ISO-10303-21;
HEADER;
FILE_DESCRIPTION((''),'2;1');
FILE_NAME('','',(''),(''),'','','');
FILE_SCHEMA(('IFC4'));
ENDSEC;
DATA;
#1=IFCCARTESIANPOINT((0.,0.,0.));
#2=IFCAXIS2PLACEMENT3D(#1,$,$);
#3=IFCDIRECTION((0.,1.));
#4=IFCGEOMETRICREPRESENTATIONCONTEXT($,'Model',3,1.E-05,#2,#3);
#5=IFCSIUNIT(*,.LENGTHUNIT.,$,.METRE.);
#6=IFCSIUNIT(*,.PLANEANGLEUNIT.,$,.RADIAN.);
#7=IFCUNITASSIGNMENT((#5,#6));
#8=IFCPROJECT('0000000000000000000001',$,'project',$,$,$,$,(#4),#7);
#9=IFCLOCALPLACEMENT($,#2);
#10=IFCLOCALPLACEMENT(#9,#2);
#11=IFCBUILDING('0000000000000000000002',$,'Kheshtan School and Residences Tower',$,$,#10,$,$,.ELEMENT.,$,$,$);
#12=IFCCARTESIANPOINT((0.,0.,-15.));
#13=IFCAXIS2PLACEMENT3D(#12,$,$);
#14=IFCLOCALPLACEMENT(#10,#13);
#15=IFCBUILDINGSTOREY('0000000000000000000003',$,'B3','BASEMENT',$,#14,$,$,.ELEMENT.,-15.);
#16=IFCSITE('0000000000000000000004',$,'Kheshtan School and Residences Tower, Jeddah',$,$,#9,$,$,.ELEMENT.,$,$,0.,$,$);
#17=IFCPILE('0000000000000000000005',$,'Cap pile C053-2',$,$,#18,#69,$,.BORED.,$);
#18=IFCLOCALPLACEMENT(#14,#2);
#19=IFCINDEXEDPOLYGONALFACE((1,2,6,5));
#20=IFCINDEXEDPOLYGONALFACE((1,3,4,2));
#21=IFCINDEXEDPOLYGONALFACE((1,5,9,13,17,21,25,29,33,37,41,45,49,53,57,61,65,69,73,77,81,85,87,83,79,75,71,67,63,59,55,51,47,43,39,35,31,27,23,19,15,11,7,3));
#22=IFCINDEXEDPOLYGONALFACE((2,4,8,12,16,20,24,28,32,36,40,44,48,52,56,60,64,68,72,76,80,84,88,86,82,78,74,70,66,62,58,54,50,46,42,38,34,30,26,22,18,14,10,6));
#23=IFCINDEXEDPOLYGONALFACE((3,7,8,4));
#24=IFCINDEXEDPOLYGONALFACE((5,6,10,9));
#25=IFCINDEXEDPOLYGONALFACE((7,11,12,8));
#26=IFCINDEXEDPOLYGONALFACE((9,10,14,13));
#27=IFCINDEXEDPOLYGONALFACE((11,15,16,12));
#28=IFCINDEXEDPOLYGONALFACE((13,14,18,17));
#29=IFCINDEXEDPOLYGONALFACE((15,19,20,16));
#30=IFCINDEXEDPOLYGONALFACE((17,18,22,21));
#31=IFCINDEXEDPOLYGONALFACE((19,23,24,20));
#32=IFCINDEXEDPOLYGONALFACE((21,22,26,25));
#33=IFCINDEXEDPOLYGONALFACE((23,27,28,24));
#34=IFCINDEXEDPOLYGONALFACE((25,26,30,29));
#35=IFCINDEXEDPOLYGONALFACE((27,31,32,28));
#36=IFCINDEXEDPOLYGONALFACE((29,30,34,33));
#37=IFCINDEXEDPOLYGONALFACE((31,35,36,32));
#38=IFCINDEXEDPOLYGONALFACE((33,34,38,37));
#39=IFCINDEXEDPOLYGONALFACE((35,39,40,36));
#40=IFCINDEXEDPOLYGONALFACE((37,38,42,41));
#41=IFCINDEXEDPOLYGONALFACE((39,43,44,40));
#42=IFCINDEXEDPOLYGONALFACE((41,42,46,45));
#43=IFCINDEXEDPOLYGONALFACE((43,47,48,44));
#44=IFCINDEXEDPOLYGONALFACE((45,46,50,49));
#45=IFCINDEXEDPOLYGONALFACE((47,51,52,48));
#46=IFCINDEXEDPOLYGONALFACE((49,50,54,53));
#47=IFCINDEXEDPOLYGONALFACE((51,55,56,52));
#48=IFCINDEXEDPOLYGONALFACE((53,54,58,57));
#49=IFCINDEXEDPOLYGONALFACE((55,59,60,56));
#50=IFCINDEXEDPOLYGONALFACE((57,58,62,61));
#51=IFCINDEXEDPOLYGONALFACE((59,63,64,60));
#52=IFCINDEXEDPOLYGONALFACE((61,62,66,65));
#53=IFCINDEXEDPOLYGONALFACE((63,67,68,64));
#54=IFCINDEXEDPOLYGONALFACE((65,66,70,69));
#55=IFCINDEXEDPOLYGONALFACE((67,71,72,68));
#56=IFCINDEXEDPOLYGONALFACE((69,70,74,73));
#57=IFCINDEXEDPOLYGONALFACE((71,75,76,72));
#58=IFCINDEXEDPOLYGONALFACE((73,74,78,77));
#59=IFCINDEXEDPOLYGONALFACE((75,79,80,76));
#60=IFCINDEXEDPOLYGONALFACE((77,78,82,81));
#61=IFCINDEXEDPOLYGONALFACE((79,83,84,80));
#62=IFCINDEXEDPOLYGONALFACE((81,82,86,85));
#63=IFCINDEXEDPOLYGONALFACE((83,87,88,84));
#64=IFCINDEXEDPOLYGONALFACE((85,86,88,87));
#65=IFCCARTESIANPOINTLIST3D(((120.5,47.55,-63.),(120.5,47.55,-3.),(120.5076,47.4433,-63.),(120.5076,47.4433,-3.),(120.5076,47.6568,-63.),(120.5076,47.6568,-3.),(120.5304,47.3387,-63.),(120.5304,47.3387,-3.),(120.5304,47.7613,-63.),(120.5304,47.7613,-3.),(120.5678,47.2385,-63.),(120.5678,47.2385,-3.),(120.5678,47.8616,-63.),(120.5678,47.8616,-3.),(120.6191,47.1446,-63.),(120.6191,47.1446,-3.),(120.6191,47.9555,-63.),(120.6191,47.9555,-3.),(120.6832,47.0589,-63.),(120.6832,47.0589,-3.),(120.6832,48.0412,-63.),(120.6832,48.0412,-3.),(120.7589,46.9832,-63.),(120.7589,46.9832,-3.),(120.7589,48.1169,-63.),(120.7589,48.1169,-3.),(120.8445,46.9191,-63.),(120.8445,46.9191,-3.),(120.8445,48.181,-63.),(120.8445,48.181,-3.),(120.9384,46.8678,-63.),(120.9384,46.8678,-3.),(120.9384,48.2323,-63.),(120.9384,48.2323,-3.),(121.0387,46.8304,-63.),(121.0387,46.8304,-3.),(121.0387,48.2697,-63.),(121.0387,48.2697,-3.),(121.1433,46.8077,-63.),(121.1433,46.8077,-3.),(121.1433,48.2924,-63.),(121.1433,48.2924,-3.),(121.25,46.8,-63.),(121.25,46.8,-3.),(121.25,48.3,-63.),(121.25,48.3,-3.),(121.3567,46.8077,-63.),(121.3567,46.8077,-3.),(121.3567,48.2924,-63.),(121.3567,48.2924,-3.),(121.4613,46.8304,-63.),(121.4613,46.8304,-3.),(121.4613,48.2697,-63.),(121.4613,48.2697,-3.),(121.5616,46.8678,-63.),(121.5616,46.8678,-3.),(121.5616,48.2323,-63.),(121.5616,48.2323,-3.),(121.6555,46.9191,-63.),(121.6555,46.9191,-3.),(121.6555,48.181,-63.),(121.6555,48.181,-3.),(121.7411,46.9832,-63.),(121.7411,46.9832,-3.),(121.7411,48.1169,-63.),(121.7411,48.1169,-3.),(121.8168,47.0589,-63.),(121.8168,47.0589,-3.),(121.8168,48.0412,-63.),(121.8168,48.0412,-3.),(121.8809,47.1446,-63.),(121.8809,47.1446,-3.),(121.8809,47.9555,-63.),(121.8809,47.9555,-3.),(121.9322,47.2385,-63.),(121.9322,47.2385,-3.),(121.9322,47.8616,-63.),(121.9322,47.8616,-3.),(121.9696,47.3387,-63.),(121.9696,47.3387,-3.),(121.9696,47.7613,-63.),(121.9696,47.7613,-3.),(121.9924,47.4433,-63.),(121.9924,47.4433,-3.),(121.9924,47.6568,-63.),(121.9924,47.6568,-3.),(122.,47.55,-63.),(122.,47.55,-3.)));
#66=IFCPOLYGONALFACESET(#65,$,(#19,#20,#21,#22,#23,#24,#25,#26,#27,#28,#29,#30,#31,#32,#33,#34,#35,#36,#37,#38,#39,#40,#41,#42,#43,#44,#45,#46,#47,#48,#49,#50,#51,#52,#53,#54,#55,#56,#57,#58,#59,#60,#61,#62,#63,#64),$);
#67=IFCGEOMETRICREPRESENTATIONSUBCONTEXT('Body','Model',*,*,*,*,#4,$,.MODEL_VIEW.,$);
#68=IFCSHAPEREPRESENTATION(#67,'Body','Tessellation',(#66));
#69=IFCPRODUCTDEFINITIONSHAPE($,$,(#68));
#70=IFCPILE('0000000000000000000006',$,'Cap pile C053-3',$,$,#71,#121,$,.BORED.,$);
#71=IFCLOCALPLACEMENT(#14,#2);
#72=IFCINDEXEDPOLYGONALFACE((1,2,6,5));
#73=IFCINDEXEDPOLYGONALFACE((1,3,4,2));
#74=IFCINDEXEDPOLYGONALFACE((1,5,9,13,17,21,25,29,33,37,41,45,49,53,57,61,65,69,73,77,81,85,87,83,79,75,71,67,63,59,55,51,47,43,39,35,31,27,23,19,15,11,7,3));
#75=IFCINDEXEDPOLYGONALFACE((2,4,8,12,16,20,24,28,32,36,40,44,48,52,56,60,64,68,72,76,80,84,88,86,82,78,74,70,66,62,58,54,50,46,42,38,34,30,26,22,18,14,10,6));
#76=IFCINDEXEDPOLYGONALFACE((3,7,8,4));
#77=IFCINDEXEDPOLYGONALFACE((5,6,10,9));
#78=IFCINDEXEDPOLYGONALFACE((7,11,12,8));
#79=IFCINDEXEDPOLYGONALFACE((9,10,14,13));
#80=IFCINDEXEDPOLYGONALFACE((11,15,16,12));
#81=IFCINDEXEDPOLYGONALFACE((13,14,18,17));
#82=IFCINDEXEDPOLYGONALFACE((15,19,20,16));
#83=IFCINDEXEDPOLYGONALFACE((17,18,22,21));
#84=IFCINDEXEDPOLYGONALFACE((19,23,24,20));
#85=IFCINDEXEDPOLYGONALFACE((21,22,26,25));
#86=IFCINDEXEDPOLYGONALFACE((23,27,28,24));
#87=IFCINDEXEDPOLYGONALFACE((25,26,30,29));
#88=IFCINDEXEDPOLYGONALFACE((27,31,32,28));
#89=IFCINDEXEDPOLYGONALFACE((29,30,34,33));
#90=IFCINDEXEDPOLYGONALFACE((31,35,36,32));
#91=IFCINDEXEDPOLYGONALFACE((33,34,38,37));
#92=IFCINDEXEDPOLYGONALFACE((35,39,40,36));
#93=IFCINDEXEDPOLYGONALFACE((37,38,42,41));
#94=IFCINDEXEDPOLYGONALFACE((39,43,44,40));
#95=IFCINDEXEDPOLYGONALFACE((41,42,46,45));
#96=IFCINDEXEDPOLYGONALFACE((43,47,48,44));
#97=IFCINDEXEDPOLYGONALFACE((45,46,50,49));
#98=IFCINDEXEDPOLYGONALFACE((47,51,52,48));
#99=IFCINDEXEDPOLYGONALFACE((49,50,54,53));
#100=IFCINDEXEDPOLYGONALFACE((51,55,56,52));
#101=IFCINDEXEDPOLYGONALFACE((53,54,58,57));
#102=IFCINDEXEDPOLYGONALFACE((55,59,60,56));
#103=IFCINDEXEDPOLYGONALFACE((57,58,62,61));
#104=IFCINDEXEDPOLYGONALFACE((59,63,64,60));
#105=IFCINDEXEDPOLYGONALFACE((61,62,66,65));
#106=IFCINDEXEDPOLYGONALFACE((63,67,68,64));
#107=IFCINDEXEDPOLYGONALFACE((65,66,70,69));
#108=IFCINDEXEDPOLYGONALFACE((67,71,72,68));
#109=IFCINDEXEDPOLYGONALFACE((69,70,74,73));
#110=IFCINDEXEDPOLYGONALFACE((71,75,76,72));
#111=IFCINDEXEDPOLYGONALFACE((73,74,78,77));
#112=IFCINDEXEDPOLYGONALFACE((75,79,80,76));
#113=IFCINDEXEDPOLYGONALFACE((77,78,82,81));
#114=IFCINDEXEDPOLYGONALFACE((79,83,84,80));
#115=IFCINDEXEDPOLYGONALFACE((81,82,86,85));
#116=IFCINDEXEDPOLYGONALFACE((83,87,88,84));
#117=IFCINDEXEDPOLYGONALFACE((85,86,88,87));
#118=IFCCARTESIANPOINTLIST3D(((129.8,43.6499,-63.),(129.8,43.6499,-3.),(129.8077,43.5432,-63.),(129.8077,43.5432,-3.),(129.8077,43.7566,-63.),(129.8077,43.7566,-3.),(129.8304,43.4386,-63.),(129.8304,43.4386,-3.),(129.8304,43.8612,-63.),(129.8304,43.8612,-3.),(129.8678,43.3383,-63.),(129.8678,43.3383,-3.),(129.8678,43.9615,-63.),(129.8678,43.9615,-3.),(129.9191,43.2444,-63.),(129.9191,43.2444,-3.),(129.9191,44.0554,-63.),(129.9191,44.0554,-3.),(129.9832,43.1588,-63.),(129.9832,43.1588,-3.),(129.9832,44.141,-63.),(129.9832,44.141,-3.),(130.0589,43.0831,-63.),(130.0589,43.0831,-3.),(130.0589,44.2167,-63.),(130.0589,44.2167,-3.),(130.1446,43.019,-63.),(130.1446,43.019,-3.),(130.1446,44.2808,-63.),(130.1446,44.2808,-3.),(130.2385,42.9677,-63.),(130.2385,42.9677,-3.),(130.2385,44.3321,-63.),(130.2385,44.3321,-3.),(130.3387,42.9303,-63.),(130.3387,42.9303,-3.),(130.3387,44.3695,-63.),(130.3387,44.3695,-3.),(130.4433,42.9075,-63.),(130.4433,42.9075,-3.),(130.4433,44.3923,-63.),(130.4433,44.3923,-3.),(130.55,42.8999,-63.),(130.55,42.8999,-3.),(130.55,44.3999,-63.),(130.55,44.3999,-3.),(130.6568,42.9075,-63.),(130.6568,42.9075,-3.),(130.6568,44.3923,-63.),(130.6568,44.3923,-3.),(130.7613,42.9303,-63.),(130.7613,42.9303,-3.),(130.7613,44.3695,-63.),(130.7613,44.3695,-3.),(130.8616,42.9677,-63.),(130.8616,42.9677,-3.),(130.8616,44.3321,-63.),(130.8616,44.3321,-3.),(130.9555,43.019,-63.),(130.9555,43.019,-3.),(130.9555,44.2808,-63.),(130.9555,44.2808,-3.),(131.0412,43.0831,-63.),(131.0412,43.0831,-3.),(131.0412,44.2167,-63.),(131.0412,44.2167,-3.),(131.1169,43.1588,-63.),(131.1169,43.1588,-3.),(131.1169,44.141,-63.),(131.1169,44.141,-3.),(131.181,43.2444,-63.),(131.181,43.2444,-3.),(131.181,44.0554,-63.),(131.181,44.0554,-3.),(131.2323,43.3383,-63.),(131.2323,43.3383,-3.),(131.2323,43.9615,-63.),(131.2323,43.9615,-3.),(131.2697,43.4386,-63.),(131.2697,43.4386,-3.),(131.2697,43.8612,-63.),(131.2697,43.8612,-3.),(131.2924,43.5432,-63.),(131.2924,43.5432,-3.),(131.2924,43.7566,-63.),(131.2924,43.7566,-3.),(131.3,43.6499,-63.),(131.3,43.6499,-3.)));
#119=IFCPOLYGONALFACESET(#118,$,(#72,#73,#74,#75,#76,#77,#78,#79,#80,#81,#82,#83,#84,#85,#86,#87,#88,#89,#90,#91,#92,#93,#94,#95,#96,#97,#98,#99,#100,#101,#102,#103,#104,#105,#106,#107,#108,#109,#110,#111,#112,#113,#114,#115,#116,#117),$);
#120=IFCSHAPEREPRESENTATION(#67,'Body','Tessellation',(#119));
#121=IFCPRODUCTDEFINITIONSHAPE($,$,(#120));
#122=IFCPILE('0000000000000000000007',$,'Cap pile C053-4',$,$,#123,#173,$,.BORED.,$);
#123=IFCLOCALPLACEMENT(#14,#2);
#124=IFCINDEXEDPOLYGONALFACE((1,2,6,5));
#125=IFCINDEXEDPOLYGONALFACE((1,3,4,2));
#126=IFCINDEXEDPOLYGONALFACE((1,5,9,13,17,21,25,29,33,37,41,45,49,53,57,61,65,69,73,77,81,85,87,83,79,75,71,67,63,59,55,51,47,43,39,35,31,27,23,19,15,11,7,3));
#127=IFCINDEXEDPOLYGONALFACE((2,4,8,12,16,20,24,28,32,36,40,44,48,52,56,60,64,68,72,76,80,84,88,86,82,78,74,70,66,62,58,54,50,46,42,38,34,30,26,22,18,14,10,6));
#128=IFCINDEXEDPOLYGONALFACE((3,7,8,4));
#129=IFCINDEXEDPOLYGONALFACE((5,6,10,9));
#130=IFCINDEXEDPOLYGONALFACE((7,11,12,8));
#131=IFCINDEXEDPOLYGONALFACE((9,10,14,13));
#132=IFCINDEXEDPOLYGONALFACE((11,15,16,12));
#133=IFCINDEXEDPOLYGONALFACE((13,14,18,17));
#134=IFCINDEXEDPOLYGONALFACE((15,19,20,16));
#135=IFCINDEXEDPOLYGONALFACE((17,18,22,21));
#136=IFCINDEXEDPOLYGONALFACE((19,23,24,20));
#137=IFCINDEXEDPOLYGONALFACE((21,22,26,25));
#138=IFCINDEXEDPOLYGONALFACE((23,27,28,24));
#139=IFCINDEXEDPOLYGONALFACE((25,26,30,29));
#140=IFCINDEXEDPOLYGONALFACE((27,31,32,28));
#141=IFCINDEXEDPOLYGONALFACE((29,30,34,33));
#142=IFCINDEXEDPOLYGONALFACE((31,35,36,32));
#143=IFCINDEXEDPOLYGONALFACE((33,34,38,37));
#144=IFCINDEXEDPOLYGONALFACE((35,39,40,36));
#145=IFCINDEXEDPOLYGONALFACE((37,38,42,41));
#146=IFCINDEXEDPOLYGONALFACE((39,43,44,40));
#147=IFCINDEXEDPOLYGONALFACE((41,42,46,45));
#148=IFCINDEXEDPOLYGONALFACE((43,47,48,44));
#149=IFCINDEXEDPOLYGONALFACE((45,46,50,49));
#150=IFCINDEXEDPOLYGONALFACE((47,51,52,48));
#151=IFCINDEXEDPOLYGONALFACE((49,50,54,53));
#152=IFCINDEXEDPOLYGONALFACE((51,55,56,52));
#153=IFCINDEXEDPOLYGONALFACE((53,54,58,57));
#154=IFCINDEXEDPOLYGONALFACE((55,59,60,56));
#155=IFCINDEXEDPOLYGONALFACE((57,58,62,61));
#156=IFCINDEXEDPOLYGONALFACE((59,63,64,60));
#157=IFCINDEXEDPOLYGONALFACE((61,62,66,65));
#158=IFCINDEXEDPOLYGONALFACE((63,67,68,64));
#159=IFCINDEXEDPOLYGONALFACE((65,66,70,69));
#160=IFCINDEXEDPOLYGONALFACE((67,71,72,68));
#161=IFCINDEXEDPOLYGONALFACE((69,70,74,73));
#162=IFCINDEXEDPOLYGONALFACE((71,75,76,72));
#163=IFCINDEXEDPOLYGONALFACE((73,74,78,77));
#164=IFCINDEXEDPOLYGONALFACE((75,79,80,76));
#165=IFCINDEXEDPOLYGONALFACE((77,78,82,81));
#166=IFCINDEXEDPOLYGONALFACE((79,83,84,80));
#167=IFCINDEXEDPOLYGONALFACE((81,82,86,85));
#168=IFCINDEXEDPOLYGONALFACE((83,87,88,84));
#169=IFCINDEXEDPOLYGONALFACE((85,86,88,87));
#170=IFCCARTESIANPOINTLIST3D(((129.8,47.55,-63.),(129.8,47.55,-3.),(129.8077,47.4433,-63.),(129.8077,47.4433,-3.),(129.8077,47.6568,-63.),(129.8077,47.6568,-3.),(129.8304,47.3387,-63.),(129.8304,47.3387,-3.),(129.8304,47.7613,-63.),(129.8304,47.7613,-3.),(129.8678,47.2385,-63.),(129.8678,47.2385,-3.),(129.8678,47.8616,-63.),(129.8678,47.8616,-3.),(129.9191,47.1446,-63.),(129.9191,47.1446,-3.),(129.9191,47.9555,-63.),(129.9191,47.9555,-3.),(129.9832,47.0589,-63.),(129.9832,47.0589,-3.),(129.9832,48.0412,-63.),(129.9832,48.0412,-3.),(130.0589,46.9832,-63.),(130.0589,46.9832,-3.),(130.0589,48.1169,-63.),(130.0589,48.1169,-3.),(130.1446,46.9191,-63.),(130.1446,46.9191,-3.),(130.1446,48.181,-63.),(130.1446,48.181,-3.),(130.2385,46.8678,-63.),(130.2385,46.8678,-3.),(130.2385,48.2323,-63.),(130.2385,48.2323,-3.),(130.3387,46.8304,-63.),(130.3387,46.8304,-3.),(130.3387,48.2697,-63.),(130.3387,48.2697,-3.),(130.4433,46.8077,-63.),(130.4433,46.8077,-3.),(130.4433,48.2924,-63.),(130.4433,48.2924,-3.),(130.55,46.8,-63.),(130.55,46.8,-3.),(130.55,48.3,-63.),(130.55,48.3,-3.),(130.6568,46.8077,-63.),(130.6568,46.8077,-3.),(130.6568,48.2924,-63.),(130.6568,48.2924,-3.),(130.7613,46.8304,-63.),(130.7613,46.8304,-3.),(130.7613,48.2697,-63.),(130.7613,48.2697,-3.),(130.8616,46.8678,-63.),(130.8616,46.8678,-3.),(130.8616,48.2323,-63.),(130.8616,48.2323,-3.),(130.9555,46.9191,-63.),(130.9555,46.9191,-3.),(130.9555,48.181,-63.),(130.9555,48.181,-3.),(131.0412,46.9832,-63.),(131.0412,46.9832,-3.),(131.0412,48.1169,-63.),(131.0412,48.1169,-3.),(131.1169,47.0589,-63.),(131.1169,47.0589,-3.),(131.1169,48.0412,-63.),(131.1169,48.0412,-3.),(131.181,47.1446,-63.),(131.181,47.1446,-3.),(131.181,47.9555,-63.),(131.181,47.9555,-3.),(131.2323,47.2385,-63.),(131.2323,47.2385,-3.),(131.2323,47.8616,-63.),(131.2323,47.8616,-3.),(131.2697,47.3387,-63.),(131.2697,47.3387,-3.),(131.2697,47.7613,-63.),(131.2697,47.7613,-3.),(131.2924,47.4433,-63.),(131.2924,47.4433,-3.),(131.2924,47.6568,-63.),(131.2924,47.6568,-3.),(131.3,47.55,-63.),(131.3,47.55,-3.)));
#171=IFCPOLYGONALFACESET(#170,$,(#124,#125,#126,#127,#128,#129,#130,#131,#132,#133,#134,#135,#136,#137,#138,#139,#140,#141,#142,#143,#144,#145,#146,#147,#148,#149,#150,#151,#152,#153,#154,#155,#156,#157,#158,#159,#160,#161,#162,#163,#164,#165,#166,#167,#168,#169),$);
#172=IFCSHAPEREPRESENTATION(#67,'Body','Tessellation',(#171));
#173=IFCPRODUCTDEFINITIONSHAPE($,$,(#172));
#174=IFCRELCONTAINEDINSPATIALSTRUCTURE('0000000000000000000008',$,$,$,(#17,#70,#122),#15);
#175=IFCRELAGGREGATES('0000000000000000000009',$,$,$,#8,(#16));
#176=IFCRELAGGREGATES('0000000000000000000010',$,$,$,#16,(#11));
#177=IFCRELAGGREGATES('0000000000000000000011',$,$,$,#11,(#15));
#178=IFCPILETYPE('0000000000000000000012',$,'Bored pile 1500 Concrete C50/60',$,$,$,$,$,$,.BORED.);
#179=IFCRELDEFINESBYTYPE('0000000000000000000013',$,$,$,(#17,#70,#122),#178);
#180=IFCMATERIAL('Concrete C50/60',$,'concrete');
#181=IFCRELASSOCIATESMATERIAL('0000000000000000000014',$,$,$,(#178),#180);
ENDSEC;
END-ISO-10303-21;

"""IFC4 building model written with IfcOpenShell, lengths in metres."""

from ifc_helpers import new_model, si_unit, direction, frame, origin, origin_2d, place, context, subcontext, project, spatial, circle, extrude, material, material_profile, profile_set, type_object, element, save


model = new_model("IFC4")

# Units and contexts
model_context = context("Model", 3, precision=1e-05, world=origin(), true_north=direction((0.0, 1.0)))
body_context = subcontext(model_context, "Body", "Model", "MODEL_VIEW")
ifc_project = project(units=[si_unit("LENGTHUNIT", "METRE"), si_unit("PLANEANGLEUNIT", "RADIAN")], contexts=[model_context])

# Site, building, storey
site_placement = place(None, origin())
site = spatial("IfcSite", under=ifc_project, at=site_placement, Name="Kheshtan School and Residences Tower, Jeddah", CompositionType="ELEMENT", RefElevation=0.0)
building_placement = place(site_placement, origin())
building = spatial("IfcBuilding", under=site, at=building_placement, Name="Kheshtan School and Residences Tower", CompositionType="ELEMENT")
storey_placement = place(building_placement, frame((0.0, 0.0, -15.0)))
storey = spatial("IfcBuildingStorey", under=building, at=storey_placement, Name="B3", Description="BASEMENT", CompositionType="ELEMENT", Elevation=-15.0)

# Piles
ifc_material_1 = material(Name="Concrete C50/60", Category="concrete")
ifc_material_profile_1 = material_profile(ifc_material_1, circle(Radius=0.75, at=origin_2d()), Name="BP 1500")
ifc_profile_set_1 = profile_set([ifc_material_profile_1], Name="Concrete C50/60")
pile_type_1 = type_object("IfcPileType", Name="Bored pile 1500 Concrete C50/60", PredefinedType="BORED", material=ifc_profile_set_1)
for number, where, z_axis, x_axis, name in (
    (1, (121.25, 47.55, -3.0), (0.0, 0.0, -1.0), (1.0, 0.0, 0.0), "Cap pile C053-2"),
    (2, (130.55, 43.6499, -3.0), (0.0, 0.0, -1.0), (1.0, 0.0, 0.0), "Cap pile C053-3"),
    (3, (130.55, 47.55, -3.0), (0.0, 0.0, -1.0), (1.0, 0.0, 0.0), "Cap pile C053-4"),
):
    element("IfcPile", number, at=place(storey_placement, frame(where, z_axis=z_axis, x_axis=x_axis)), inside=storey, type_object=pile_type_1, Name=name, PredefinedType="BORED", context=body_context, shape_type="SweptSolid", body=[
        extrude(circle(Radius=0.75, at=origin_2d()), origin(), (0.0, 0.0, 1.0), 60.0),
    ])

save(model, "model.ifc")
